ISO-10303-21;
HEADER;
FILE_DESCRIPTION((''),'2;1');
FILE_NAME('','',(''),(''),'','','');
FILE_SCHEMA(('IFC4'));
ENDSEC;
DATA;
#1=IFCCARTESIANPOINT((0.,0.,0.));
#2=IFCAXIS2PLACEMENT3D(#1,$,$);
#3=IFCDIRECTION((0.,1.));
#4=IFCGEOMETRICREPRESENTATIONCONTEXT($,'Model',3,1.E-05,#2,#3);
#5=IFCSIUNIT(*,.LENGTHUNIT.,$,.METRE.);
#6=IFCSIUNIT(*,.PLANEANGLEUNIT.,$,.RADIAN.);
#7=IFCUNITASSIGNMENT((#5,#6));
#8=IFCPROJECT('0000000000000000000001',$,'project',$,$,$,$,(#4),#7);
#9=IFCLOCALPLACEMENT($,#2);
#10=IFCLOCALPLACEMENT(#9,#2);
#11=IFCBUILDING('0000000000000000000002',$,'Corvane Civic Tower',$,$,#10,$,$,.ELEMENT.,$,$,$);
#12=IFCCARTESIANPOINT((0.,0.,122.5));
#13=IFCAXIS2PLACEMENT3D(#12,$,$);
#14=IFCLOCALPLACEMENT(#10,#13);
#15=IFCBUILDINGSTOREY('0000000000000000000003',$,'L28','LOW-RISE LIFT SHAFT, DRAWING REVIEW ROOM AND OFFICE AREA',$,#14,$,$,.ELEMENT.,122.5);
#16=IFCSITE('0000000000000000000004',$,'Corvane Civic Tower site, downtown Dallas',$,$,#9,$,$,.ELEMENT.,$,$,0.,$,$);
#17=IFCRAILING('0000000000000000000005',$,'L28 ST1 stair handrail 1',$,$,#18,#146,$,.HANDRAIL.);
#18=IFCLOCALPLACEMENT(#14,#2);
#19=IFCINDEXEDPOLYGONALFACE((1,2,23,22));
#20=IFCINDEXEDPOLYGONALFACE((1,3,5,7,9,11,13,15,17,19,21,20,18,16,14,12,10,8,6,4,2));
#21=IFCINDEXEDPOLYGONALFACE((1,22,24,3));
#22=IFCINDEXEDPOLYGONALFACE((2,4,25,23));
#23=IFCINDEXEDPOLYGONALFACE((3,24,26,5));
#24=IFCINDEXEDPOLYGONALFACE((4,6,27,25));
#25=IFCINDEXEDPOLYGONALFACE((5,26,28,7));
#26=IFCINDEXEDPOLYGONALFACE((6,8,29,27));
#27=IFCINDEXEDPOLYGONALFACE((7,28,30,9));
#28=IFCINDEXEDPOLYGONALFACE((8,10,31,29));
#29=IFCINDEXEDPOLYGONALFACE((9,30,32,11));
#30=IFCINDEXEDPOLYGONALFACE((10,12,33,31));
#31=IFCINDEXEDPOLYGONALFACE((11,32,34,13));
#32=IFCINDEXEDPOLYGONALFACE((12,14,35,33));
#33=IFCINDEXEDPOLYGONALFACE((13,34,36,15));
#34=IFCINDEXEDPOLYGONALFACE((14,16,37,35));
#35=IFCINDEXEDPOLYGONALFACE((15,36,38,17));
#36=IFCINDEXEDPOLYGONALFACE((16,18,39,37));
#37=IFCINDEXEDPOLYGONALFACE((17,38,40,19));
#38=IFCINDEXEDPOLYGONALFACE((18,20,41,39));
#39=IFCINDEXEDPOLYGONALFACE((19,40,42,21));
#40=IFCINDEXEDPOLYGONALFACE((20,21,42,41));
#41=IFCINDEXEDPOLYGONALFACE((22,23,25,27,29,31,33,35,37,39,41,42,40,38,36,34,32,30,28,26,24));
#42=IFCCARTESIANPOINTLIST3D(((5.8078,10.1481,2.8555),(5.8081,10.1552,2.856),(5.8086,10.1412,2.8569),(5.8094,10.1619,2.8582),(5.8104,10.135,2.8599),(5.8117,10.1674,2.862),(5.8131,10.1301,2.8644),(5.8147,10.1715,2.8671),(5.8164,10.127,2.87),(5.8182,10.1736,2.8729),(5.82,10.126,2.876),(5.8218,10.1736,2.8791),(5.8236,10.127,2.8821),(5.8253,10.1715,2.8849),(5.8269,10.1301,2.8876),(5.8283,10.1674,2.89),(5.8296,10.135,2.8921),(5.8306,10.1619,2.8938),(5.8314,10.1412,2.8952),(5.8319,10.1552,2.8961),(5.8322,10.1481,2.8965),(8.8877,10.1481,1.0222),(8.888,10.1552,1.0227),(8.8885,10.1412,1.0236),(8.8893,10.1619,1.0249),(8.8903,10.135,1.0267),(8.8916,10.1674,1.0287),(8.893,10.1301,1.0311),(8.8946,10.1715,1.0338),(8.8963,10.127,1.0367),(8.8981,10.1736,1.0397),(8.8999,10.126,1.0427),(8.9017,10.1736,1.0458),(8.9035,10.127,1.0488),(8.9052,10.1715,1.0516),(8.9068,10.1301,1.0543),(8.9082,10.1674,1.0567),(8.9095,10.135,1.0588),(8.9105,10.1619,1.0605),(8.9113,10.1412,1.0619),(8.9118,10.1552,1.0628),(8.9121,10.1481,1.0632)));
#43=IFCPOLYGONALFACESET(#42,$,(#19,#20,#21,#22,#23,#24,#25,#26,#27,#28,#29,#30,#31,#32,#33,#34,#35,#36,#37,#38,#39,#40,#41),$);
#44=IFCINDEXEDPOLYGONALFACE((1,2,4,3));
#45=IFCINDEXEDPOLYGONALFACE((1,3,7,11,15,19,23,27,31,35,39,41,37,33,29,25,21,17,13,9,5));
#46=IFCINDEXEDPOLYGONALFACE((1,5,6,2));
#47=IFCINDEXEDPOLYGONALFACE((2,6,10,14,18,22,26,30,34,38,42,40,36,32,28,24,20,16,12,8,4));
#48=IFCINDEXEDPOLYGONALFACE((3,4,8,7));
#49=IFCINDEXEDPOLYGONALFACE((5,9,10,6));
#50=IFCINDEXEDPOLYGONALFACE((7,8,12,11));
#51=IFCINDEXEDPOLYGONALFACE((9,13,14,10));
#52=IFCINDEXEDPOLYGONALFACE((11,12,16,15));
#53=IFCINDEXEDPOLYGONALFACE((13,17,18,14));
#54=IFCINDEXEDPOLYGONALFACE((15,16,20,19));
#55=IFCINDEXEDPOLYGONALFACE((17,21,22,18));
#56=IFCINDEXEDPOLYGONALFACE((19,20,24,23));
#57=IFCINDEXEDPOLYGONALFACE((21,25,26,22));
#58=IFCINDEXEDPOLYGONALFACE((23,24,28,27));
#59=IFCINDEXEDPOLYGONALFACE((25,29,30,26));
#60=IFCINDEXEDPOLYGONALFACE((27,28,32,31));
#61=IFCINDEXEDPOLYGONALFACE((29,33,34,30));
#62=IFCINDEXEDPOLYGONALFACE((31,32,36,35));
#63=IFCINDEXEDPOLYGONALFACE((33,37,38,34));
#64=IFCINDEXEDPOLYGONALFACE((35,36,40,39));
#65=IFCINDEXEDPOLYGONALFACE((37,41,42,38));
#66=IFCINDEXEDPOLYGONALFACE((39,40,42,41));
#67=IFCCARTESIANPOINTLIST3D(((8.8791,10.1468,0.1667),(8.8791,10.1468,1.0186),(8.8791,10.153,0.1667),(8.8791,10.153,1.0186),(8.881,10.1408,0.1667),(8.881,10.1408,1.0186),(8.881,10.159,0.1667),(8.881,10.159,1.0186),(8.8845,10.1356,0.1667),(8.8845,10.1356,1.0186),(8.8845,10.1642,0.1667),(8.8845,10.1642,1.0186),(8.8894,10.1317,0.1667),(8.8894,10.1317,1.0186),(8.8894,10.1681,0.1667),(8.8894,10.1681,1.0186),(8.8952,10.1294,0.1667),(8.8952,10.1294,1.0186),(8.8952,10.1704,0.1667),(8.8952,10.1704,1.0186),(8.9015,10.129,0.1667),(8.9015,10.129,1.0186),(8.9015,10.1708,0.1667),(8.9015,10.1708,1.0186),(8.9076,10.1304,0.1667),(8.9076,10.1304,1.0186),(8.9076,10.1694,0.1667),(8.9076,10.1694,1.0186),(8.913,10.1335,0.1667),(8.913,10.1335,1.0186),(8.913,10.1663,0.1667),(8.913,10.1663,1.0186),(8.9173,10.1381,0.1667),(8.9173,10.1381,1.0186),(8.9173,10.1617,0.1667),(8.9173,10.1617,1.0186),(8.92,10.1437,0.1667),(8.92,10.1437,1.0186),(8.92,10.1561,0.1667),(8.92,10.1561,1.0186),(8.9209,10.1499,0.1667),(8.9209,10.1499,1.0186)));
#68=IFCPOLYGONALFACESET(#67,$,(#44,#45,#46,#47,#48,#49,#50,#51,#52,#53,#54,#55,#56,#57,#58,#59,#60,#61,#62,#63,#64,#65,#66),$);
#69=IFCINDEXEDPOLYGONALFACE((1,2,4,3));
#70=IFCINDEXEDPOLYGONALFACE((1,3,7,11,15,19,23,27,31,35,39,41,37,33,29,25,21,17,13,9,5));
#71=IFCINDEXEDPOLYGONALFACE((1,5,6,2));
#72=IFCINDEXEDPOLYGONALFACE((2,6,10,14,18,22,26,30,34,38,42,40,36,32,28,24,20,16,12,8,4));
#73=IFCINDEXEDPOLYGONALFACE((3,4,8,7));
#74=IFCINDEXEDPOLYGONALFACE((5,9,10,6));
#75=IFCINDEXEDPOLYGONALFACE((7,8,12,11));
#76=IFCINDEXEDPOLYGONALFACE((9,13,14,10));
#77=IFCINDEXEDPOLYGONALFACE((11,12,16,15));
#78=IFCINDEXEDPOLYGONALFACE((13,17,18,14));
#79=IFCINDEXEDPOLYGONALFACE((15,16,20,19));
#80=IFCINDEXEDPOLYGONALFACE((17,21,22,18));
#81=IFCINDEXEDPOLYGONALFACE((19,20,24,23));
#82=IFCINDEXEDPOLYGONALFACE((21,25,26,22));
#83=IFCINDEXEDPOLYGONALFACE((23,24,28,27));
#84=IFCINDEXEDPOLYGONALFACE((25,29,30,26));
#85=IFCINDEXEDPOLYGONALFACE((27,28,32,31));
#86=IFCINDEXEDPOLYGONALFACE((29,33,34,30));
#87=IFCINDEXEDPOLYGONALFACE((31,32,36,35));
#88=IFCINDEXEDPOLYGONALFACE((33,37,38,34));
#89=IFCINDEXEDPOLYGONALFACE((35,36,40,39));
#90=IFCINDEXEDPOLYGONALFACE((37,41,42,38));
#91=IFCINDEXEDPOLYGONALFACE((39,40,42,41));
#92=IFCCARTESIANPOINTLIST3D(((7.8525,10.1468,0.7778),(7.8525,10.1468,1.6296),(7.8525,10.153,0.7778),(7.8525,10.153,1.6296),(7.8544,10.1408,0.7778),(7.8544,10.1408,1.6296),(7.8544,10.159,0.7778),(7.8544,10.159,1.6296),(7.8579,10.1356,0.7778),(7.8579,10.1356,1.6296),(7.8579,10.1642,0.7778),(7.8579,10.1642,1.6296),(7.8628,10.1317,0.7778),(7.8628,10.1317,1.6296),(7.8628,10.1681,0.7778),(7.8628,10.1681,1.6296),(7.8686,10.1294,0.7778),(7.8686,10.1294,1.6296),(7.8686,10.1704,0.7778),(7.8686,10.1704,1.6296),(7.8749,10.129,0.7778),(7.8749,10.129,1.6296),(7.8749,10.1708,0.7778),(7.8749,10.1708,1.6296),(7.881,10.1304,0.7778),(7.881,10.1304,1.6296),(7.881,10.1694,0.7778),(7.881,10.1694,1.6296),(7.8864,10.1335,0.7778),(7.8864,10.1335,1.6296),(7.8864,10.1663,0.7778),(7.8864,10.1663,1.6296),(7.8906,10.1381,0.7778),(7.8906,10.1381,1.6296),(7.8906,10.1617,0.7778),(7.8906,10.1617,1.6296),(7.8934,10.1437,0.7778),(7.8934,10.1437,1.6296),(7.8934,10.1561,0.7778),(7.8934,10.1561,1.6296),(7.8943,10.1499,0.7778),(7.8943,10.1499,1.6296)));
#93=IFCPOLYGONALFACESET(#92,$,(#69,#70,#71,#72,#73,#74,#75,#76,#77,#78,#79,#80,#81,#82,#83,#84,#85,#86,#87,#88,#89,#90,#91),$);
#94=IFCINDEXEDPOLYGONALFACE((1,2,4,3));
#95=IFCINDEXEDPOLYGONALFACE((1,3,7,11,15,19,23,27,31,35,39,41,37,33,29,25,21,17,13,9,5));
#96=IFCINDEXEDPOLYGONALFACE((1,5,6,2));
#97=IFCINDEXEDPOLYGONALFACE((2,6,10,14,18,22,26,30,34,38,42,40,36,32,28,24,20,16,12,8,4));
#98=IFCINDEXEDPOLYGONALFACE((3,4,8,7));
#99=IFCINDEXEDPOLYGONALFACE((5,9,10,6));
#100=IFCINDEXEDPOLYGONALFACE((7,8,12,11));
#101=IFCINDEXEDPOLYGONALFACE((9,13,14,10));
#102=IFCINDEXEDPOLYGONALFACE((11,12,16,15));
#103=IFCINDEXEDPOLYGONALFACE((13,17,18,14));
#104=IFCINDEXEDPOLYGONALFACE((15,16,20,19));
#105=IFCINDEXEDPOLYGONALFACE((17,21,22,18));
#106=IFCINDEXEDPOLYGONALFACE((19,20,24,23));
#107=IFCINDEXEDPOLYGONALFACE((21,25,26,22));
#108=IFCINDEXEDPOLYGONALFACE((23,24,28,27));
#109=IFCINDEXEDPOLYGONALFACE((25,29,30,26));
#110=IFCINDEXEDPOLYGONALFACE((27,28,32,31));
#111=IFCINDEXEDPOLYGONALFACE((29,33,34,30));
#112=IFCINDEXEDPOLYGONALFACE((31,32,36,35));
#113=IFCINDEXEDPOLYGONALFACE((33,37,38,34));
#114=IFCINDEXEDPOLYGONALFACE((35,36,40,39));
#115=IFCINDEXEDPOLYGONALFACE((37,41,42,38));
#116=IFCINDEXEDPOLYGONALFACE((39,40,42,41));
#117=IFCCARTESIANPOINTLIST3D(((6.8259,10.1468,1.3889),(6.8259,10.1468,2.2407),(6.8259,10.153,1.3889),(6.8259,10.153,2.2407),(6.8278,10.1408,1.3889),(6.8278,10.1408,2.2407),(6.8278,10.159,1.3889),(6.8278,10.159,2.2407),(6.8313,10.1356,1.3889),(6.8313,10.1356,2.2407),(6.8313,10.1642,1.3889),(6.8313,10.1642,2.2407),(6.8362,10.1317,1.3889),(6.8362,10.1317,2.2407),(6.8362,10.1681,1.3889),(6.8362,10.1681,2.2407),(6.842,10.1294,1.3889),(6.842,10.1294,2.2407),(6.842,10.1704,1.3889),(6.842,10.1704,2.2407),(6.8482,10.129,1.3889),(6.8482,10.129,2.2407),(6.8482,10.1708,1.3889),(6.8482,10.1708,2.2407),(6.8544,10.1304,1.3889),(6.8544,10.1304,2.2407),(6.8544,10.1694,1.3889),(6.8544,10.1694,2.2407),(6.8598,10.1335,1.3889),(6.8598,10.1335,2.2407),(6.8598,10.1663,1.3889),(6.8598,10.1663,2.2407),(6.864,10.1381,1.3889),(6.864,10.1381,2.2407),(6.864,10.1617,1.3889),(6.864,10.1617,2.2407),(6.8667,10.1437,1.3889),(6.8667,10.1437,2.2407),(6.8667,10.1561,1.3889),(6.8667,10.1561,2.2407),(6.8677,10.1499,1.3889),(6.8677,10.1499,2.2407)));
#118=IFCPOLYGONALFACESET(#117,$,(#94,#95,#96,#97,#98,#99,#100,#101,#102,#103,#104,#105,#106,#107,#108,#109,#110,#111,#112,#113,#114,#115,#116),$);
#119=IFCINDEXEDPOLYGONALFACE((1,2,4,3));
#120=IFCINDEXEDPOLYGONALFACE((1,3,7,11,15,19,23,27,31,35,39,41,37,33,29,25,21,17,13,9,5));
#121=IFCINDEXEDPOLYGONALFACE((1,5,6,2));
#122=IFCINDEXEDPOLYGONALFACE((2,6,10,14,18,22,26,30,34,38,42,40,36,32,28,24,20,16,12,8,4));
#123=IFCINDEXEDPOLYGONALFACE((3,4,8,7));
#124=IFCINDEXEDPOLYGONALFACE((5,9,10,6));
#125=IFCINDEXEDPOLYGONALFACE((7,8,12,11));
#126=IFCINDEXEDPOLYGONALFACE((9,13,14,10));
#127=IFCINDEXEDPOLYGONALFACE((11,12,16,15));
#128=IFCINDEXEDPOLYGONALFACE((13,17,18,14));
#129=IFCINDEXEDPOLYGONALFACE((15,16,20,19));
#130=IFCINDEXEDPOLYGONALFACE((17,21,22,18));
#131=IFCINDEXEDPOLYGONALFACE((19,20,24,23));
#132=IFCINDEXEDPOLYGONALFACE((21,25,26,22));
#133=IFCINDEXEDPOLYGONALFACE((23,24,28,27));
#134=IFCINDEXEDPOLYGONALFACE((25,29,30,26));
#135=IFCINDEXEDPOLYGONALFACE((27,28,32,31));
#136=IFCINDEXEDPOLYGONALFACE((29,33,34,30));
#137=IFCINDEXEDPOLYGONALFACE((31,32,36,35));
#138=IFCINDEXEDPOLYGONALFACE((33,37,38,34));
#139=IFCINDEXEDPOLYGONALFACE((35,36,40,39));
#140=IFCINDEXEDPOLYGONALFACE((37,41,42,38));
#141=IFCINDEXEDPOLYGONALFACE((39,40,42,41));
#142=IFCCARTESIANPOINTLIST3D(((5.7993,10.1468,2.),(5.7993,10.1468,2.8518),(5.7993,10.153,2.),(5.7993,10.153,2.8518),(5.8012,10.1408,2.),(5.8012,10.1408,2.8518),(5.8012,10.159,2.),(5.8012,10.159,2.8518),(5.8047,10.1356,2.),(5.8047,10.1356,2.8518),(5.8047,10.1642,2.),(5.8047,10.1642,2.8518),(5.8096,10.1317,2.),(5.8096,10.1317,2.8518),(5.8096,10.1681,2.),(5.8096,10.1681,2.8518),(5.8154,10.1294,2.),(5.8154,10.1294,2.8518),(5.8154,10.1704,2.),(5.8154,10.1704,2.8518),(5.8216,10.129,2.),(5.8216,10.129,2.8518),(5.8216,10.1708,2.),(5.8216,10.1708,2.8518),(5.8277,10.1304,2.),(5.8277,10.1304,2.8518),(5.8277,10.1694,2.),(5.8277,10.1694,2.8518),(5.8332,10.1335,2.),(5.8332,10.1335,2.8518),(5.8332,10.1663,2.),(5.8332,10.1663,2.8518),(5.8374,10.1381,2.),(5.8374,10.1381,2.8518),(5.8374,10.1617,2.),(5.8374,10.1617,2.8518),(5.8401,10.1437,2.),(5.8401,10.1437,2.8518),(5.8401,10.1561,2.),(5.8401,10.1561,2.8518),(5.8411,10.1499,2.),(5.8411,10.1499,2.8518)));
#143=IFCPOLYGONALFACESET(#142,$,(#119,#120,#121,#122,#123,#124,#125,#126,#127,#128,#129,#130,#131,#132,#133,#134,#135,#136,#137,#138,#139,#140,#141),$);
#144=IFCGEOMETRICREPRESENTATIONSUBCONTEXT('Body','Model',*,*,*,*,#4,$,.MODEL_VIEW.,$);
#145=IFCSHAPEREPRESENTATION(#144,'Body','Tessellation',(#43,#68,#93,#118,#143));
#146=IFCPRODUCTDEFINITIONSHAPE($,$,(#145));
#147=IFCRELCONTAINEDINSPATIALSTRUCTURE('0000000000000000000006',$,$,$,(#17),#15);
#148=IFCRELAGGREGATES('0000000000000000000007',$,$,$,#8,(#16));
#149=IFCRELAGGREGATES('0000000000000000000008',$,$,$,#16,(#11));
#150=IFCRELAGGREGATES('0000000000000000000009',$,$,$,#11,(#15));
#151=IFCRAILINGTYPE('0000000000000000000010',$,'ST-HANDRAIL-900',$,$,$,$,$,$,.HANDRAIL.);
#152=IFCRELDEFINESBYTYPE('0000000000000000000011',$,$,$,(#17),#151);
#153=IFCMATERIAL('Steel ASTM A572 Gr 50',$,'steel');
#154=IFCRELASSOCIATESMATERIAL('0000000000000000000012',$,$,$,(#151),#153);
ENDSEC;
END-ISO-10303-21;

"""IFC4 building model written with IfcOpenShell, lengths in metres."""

from ifc_helpers import new_model, si_unit, direction, frame, origin, origin_2d, place, context, subcontext, project, spatial, circle, extrude, material, type_object, element, save


model = new_model("IFC4")

# Units and contexts
model_context = context("Model", 3, precision=1e-05, world=origin(), true_north=direction((0.0, 1.0)))
body_context = subcontext(model_context, "Body", "Model", "MODEL_VIEW")
ifc_project = project(units=[si_unit("LENGTHUNIT", "METRE"), si_unit("PLANEANGLEUNIT", "RADIAN")], contexts=[model_context])

# Site, building, storey
site_placement = place(None, origin())
site = spatial("IfcSite", under=ifc_project, at=site_placement, Name="Corvane Civic Tower site, downtown Dallas", CompositionType="ELEMENT", RefElevation=0.0)
building_placement = place(site_placement, origin())
building = spatial("IfcBuilding", under=site, at=building_placement, Name="Corvane Civic Tower", CompositionType="ELEMENT")
storey_placement = place(building_placement, frame((0.0, 0.0, 122.5)))
storey = spatial("IfcBuildingStorey", under=building, at=storey_placement, Name="L28", Description="LOW-RISE LIFT SHAFT, DRAWING REVIEW ROOM AND OFFICE AREA", CompositionType="ELEMENT", Elevation=122.5)

# Railing
ifc_material_1 = material(Name="Steel ASTM A572 Gr 50", Category="steel")
railing_type_1 = type_object("IfcRailingType", Name="ST-HANDRAIL-900", PredefinedType="HANDRAIL", material=ifc_material_1)
railing_1_placement = place(storey_placement, frame((8.8999, 10.1499, 0.1667)))
element("IfcRailing", 1, at=railing_1_placement, inside=storey, type_object=railing_type_1, Name="L28 ST1 stair handrail 1", PredefinedType="HANDRAIL", context=body_context, shape_type="SweptSolid", body=[
    extrude(circle(Radius=0.0239, at=origin_2d()), frame((0.0, 0.0, 0.876), z_axis=(-0.859291, 0.0, 0.511487), x_axis=(0.0, -1.0, 0.0)), (0.0, 0.0, 1.0), 3.5842),
    extrude(circle(Radius=0.021, at=origin_2d()), origin(), (0.0, 0.0, 1.0), 0.8518),
    extrude(circle(Radius=0.021, at=origin_2d()), frame((-1.0266, 0.0, 0.6111)), (0.0, 0.0, 1.0), 0.8518),
    extrude(circle(Radius=0.021, at=origin_2d()), frame((-2.0532, 0.0, 1.2222)), (0.0, 0.0, 1.0), 0.8518),
    extrude(circle(Radius=0.021, at=origin_2d()), frame((-3.0798, 0.0, 1.8333)), (0.0, 0.0, 1.0), 0.8518),
])

save(model, "model.ifc")
